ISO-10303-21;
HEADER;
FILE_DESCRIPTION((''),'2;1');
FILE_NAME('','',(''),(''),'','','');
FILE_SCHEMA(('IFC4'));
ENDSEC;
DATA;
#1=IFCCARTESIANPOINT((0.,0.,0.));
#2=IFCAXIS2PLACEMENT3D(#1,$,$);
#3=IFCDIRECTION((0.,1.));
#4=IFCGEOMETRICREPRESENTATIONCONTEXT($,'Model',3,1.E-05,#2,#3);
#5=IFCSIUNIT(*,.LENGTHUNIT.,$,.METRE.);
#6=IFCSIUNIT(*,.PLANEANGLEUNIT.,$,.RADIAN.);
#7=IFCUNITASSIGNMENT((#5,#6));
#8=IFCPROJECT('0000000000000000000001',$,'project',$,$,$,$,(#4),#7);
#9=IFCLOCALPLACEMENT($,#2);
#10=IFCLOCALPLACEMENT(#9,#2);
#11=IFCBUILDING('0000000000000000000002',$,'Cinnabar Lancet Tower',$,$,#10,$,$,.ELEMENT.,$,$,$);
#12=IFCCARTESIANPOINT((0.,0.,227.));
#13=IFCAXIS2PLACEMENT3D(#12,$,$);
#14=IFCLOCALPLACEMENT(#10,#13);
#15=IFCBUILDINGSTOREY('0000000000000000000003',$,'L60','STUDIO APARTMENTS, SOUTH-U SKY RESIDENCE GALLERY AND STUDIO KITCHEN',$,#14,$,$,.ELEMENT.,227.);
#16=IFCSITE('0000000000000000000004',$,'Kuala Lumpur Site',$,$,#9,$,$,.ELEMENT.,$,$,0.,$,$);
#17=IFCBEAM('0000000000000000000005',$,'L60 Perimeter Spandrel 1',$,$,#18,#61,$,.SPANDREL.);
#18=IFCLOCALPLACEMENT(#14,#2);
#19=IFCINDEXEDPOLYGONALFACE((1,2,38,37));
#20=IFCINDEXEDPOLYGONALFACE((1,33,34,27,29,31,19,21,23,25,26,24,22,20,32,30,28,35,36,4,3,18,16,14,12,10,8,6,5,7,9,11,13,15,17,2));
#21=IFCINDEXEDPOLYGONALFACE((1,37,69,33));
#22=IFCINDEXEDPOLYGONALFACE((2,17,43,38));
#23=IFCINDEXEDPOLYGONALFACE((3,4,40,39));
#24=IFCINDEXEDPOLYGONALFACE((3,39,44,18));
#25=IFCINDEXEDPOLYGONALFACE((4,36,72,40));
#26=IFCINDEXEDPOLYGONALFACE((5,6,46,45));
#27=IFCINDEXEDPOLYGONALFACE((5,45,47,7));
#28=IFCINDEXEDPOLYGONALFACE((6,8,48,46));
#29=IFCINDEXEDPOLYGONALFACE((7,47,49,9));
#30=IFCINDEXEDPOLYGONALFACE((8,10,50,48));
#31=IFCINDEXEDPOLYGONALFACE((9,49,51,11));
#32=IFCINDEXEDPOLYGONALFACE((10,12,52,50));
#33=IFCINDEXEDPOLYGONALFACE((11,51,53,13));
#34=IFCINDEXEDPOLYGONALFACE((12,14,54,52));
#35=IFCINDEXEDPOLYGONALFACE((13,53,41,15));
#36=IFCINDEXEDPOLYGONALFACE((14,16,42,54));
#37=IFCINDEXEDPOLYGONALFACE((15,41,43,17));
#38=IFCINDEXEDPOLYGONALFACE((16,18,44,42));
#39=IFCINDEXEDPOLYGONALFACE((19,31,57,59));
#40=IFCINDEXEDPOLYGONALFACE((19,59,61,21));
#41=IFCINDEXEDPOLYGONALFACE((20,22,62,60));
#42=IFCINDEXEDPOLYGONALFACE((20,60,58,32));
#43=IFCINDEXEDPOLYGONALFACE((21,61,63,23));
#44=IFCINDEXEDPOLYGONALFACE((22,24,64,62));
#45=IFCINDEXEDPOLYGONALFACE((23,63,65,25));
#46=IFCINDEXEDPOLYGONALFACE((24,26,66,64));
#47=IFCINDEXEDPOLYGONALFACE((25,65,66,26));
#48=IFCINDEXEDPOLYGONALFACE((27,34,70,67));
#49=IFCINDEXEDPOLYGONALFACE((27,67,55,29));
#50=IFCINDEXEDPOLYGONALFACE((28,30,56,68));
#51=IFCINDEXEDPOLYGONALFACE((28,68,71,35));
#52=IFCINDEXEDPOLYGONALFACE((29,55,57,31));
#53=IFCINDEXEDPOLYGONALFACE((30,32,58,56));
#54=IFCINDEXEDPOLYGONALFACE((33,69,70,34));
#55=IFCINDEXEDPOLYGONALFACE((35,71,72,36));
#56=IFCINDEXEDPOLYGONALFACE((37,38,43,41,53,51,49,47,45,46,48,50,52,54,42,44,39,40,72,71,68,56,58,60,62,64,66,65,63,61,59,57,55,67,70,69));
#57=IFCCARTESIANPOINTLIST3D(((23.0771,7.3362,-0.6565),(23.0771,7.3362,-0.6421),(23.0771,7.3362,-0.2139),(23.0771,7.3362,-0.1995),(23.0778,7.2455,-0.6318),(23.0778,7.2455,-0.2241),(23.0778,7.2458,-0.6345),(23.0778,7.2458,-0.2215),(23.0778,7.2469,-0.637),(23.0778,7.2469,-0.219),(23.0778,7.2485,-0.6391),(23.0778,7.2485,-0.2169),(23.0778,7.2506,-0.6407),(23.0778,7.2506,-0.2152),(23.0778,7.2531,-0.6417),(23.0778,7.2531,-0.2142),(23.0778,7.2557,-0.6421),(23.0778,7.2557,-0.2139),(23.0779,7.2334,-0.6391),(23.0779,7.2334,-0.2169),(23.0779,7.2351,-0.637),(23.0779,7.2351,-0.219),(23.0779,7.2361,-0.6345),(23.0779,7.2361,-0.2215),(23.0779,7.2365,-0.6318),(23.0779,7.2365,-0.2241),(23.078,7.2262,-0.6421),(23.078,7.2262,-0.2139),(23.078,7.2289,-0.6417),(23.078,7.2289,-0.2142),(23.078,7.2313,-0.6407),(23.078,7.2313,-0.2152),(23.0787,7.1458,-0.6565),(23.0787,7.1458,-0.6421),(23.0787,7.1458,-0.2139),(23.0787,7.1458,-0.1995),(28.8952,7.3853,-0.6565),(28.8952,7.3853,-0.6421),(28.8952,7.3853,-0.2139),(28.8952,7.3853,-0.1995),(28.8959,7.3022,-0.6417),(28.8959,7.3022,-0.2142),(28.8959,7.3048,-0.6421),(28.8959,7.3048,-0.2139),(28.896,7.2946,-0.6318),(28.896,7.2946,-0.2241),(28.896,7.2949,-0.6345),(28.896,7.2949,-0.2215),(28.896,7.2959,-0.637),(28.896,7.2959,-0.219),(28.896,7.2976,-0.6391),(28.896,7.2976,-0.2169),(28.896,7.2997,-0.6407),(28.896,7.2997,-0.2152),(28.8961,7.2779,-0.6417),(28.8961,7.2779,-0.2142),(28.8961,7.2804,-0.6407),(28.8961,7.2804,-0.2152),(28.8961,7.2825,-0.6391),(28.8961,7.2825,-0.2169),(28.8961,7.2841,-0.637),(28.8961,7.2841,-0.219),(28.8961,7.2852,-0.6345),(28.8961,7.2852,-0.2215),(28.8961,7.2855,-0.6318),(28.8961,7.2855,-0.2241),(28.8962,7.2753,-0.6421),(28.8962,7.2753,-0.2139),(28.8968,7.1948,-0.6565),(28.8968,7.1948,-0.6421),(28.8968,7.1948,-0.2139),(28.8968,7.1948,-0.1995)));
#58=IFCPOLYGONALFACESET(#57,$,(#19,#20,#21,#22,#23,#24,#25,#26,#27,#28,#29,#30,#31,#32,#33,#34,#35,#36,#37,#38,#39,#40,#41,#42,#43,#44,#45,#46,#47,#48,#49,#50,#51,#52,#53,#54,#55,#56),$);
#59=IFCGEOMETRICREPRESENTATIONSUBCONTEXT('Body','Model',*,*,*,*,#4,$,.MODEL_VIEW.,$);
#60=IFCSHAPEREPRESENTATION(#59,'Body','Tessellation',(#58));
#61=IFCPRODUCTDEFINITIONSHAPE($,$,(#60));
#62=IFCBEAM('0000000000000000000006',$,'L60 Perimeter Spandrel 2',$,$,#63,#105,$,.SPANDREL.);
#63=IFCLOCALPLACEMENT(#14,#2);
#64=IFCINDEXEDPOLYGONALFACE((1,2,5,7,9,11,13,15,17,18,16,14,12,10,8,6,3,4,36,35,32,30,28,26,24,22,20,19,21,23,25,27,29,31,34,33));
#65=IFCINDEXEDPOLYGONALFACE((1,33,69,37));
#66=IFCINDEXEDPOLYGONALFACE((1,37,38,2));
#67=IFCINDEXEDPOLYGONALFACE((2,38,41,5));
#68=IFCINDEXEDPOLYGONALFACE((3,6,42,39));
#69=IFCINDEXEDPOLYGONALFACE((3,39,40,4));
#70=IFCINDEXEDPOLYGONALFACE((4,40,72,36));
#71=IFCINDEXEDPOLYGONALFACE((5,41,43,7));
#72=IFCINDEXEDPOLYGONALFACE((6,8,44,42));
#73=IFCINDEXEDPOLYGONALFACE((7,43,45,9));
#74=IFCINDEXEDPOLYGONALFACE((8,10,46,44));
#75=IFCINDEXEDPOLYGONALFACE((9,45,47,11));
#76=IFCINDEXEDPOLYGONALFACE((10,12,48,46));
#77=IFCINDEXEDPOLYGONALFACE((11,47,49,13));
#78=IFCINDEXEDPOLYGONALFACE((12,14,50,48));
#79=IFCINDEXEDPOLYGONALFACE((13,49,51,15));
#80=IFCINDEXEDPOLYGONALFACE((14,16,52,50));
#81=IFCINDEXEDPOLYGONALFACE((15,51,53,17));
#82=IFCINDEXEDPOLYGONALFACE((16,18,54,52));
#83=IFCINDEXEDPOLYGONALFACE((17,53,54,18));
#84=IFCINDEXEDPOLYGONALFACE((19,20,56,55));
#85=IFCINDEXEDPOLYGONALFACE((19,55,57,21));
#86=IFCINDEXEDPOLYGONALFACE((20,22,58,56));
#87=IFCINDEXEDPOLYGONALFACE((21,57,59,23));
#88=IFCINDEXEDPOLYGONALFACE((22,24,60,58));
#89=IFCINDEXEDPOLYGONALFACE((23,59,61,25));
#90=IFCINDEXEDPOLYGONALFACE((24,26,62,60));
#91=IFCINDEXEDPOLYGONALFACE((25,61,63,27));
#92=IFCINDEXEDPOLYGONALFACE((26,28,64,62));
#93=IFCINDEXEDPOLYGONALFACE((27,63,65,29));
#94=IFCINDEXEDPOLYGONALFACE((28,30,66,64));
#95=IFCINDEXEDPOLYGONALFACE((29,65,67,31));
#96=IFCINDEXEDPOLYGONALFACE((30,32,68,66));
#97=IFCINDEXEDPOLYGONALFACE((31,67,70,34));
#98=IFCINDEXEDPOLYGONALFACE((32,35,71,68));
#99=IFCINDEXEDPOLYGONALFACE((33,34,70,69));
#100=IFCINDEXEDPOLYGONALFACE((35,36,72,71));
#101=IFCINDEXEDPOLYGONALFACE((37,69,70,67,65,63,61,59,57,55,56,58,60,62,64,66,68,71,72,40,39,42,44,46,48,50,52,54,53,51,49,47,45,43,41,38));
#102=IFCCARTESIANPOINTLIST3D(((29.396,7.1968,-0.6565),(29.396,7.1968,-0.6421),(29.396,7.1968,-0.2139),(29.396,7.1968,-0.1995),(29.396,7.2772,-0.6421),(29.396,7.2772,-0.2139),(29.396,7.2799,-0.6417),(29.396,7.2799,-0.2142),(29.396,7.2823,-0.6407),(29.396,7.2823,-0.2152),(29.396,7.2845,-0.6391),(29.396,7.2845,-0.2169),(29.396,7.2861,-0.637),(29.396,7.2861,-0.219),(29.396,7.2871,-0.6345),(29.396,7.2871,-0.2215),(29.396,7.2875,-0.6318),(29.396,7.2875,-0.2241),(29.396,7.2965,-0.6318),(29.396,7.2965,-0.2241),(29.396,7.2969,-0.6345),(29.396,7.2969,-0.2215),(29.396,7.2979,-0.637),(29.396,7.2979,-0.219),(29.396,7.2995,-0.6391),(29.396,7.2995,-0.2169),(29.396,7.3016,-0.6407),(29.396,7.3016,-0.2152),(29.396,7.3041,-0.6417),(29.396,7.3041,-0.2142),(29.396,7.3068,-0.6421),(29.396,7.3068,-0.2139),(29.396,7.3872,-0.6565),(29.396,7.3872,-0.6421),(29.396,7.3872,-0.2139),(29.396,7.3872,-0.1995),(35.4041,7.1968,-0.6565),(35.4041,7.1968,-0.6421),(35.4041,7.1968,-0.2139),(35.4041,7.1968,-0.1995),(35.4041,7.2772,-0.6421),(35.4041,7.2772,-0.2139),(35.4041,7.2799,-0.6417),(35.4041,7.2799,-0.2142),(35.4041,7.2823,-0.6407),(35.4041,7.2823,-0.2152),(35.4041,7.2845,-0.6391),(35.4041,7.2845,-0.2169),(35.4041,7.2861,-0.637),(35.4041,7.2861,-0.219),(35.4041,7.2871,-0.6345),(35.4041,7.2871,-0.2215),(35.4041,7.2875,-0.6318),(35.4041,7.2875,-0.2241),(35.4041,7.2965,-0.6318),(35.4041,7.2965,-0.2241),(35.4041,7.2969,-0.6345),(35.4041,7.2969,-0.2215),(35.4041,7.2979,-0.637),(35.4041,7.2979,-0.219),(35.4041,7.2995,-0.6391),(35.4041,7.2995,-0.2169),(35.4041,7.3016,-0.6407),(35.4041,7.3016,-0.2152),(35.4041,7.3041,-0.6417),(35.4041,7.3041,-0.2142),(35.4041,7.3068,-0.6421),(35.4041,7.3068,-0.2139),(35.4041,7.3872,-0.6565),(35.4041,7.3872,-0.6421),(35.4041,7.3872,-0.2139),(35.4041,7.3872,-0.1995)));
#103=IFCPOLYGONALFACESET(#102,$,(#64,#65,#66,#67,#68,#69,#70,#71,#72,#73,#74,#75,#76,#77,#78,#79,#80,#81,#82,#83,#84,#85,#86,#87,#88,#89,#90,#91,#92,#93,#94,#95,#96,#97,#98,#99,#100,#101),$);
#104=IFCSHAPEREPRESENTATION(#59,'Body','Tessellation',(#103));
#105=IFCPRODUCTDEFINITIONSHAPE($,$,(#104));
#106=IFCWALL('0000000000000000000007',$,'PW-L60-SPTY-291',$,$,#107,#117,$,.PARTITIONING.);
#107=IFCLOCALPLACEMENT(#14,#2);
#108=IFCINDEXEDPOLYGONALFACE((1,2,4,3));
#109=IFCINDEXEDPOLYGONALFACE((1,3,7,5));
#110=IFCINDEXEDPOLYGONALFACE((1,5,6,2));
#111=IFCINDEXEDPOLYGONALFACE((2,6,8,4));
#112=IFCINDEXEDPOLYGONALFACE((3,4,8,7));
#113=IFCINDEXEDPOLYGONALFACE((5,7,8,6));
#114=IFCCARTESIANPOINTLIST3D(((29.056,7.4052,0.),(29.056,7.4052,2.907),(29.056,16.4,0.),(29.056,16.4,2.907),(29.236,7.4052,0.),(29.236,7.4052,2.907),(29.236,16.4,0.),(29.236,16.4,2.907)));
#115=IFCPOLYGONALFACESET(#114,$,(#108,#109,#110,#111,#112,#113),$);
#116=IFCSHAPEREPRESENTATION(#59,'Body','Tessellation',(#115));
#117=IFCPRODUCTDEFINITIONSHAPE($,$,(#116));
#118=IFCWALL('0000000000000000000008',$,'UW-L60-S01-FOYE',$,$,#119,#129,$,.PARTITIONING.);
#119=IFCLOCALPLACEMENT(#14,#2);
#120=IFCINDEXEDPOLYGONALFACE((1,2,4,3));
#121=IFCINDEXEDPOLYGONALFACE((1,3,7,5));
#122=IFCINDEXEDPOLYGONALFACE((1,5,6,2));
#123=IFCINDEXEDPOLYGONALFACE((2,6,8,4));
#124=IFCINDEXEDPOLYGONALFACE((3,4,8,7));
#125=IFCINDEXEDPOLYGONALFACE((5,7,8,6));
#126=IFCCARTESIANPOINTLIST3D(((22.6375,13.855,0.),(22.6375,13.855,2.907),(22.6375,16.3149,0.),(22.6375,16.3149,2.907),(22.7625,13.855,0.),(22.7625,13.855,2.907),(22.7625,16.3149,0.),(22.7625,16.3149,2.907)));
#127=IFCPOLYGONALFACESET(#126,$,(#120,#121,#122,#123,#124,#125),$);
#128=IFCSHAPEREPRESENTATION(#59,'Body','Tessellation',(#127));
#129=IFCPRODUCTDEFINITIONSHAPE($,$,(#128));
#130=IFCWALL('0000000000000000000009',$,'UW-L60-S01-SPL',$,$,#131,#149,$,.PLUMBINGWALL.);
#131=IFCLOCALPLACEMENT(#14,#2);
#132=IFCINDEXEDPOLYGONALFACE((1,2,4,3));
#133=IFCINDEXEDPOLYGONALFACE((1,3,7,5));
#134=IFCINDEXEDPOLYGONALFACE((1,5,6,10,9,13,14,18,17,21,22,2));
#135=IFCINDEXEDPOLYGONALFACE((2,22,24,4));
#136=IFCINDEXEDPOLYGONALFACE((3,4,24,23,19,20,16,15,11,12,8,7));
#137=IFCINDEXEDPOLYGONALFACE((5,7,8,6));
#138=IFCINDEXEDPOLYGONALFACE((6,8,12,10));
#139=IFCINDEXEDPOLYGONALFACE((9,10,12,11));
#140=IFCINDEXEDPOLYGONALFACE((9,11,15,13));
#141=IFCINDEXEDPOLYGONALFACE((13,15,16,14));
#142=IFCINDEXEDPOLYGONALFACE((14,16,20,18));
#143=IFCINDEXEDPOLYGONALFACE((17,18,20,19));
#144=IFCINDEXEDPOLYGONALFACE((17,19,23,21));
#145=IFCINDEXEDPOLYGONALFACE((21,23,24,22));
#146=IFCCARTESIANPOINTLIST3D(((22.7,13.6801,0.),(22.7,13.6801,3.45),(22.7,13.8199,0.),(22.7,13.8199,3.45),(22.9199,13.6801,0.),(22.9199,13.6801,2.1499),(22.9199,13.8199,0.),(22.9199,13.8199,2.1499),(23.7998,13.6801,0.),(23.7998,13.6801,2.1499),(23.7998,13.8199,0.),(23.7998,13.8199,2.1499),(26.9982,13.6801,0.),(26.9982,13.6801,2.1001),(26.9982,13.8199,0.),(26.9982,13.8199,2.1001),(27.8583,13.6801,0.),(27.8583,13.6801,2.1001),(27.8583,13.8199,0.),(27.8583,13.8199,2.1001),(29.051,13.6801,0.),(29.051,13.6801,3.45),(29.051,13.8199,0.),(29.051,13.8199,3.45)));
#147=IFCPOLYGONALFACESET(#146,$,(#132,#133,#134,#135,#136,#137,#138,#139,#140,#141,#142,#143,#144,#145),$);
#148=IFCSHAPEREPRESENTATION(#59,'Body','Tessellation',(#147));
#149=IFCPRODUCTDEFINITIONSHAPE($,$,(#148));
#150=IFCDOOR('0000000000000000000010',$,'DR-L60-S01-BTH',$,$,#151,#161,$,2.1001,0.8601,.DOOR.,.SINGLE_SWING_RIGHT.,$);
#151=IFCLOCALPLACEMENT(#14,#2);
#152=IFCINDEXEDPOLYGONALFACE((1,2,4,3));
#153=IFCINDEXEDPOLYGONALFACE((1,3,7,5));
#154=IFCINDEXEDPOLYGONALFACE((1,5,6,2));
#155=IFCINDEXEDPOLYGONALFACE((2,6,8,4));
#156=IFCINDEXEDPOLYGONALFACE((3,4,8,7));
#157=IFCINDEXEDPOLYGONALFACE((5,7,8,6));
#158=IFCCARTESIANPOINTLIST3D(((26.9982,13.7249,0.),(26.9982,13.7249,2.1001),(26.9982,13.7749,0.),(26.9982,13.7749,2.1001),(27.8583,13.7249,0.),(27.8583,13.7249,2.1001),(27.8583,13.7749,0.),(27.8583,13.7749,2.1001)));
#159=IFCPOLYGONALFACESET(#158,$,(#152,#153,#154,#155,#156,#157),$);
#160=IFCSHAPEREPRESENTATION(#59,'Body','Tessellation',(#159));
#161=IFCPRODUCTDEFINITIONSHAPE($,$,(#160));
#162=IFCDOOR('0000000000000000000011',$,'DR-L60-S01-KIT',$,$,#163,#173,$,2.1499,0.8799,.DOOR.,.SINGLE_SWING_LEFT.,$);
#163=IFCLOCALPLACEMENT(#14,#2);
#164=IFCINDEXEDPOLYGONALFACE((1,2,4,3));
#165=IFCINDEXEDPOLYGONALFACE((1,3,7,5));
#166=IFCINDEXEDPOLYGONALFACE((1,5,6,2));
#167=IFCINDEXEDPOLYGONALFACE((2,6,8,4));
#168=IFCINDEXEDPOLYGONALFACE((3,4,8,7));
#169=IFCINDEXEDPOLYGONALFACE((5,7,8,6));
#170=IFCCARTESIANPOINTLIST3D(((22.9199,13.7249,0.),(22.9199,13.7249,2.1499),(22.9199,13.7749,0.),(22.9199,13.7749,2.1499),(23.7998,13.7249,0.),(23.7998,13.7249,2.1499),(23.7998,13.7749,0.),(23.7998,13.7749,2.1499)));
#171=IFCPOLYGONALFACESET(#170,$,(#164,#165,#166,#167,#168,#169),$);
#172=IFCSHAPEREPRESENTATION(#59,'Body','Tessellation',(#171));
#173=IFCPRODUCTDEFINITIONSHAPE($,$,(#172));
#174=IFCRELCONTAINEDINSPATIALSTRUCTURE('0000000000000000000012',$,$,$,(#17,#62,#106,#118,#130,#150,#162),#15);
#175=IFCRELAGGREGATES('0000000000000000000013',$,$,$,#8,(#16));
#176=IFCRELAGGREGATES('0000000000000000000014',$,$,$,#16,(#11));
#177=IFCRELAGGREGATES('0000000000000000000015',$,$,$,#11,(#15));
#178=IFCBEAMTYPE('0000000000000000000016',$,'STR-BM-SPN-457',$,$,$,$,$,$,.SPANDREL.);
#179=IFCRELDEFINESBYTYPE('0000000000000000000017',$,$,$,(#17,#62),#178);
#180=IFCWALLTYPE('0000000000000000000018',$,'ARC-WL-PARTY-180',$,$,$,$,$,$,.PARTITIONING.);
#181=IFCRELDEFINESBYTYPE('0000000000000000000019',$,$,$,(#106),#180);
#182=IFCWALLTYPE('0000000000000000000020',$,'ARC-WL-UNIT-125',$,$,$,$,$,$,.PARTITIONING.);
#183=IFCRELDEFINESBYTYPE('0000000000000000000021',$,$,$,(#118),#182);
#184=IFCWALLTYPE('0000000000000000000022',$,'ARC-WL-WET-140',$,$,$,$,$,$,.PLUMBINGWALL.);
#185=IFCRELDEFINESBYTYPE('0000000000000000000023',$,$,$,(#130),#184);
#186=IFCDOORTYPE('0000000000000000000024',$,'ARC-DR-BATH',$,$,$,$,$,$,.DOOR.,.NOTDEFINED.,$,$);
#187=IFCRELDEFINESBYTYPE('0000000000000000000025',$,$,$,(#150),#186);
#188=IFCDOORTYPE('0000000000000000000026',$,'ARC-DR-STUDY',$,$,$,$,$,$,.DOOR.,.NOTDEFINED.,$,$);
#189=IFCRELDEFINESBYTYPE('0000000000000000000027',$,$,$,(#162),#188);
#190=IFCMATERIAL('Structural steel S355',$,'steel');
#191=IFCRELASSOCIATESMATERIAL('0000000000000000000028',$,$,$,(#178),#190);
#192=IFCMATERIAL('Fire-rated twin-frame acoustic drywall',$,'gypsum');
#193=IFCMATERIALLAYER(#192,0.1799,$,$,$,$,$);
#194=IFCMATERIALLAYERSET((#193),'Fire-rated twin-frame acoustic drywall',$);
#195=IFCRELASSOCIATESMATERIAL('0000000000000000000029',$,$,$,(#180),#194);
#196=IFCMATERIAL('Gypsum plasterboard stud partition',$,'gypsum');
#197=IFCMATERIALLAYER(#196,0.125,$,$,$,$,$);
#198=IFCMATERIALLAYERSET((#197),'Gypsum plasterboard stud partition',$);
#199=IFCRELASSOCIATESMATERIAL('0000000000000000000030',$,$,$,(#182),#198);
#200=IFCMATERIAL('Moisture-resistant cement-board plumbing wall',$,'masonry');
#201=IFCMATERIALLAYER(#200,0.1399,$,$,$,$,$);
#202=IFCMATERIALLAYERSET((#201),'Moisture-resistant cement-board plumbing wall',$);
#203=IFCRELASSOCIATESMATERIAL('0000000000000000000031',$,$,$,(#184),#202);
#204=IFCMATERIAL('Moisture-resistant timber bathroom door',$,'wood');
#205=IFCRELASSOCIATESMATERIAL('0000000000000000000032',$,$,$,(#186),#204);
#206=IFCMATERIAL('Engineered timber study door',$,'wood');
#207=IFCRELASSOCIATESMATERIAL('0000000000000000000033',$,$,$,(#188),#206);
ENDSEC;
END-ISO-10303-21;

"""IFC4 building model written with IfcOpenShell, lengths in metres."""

from ifc_helpers import new_model, si_unit, direction, frame, frame_2d, origin, origin_2d, place, context, subcontext, project, spatial, rectangle, i_section, extrude, material, layer, layer_set, material_profile, profile_set, type_object, element, fill, save


model = new_model("IFC4")

# Units and contexts
model_context = context("Model", 3, precision=1e-05, world=origin(), true_north=direction((0.0, 1.0)))
body_context = subcontext(model_context, "Body", "Model", "MODEL_VIEW")
ifc_project = project(units=[si_unit("LENGTHUNIT", "METRE"), si_unit("PLANEANGLEUNIT", "RADIAN")], contexts=[model_context])

# Site, building, storey
site_placement = place(None, origin())
site = spatial("IfcSite", under=ifc_project, at=site_placement, Name="Kuala Lumpur Site", CompositionType="ELEMENT", RefElevation=0.0)
building_placement = place(site_placement, origin())
building = spatial("IfcBuilding", under=site, at=building_placement, Name="Cinnabar Lancet Tower", CompositionType="ELEMENT")
storey_placement = place(building_placement, frame((0.0, 0.0, 227.0)))
storey = spatial("IfcBuildingStorey", under=building, at=storey_placement, Name="L60", Description="STUDIO APARTMENTS, SOUTH-U SKY RESIDENCE GALLERY AND STUDIO KITCHEN", CompositionType="ELEMENT", Elevation=227.0)

# Beams
ifc_material_1 = material(Name="Structural steel S355", Category="steel")
ifc_material_profile_1 = material_profile(ifc_material_1, i_section(OverallWidth=0.1904, OverallDepth=0.457, WebThickness=0.009, FlangeThickness=0.0144, FilletRadius=0.0103, at=origin_2d()), Name="UKB 457x191x74")
ifc_profile_set_1 = profile_set([ifc_material_profile_1], Name="Structural steel S355")
beam_type_1 = type_object("IfcBeamType", Name="STR-BM-SPN-457", PredefinedType="SPANDREL", material=ifc_profile_set_1)
beam_1_placement = place(storey_placement, frame((23.0779, 7.241, -0.428), z_axis=(0.999964, 0.008434, 0.0), x_axis=(-0.008434, 0.999964, 0.0)))
element("IfcBeam", 1, at=beam_1_placement, inside=storey, type_object=beam_type_1, Name="L60 Perimeter Spandrel 1", PredefinedType="SPANDREL", context=body_context, shape_type="SweptSolid", body=[
    extrude(i_section(OverallWidth=0.1904, OverallDepth=0.457, WebThickness=0.009, FlangeThickness=0.0144, FilletRadius=0.0103, at=origin_2d()), origin(), (0.0, 0.0, 1.0), 5.8184),
])
beam_2_placement = place(storey_placement, frame((29.396, 7.292, -0.428), z_axis=(1.0, 0.0, 0.0), x_axis=(0.0, 1.0, 0.0)))
element("IfcBeam", 2, at=beam_2_placement, inside=storey, type_object=beam_type_1, Name="L60 Perimeter Spandrel 2", PredefinedType="SPANDREL", context=body_context, shape_type="SweptSolid", body=[
    extrude(i_section(OverallWidth=0.1904, OverallDepth=0.457, WebThickness=0.009, FlangeThickness=0.0144, FilletRadius=0.0103, at=origin_2d()), origin(), (0.0, 0.0, 1.0), 6.0081),
])

# Walls
ifc_material_2 = material(Name="Fire-rated twin-frame acoustic drywall", Category="gypsum")
ifc_layer_1 = layer(ifc_material_2, 0.1799)
ifc_layer_set_1 = layer_set([ifc_layer_1], Name="Fire-rated twin-frame acoustic drywall")
wall_type_1 = type_object("IfcWallType", Name="ARC-WL-PARTY-180", PredefinedType="PARTITIONING", material=ifc_layer_set_1)
wall_1_placement = place(storey_placement, frame((29.146, 7.405, 0.0), z_axis=(0.0, 0.0, 1.0), x_axis=(0.0, 1.0, 0.0)))
element("IfcWall", 3, at=wall_1_placement, inside=storey, type_object=wall_type_1, Name="PW-L60-SPTY-291", PredefinedType="PARTITIONING", context=body_context, shape_type="SweptSolid", body=[
    extrude(rectangle(XDim=8.9949, YDim=0.1799, at=frame_2d((4.4976, 0.0))), origin(), (0.0, 0.0, 1.0), 2.907),
])
ifc_material_3 = material(Name="Gypsum plasterboard stud partition", Category="gypsum")
ifc_layer_2 = layer(ifc_material_3, 0.125)
ifc_layer_set_2 = layer_set([ifc_layer_2], Name="Gypsum plasterboard stud partition")
wall_type_2 = type_object("IfcWallType", Name="ARC-WL-UNIT-125", PredefinedType="PARTITIONING", material=ifc_layer_set_2)
wall_2_placement = place(storey_placement, frame((22.7, 13.855, 0.0), z_axis=(0.0, 0.0, 1.0), x_axis=(0.0, 1.0, 0.0)))
element("IfcWall", 4, at=wall_2_placement, inside=storey, type_object=wall_type_2, Name="UW-L60-S01-FOYE", PredefinedType="PARTITIONING", context=body_context, shape_type="SweptSolid", body=[
    extrude(rectangle(XDim=2.46, YDim=0.125, at=frame_2d((1.23, 0.0))), origin(), (0.0, 0.0, 1.0), 2.907),
])

# Wall, openings, doors
ifc_material_4 = material(Name="Moisture-resistant cement-board plumbing wall", Category="masonry")
ifc_layer_3 = layer(ifc_material_4, 0.1399)
ifc_layer_set_3 = layer_set([ifc_layer_3], Name="Moisture-resistant cement-board plumbing wall")
wall_type_3 = type_object("IfcWallType", Name="ARC-WL-WET-140", PredefinedType="PLUMBINGWALL", material=ifc_layer_set_3)
wall_3_placement = place(storey_placement, frame((22.7, 13.75, 0.0), z_axis=(0.0, 0.0, 1.0), x_axis=(1.0, 0.0, 0.0)))
wall_3 = element("IfcWall", 5, at=wall_3_placement, inside=storey, type_object=wall_type_3, Name="UW-L60-S01-SPL", PredefinedType="PLUMBINGWALL", context=body_context, shape_type="SweptSolid", body=[
    extrude(rectangle(XDim=6.3511, YDim=0.1399, at=frame_2d((3.1755, 0.0))), origin(), (0.0, 0.0, 1.0), 3.45),
])
opening_1_placement = place(wall_3_placement, frame((4.2981, 0.0, 0.0)))
opening_1 = element("IfcOpeningElement", 6, at=opening_1_placement, cuts=wall_3, PredefinedType="OPENING", context=body_context, shape_type="SweptSolid", body=[
    extrude(rectangle(XDim=0.8601, YDim=2.1001, at=frame_2d((0.4302, 1.05))), frame((0.0, 0.0798, 0.0), z_axis=(0.0, -1.0, 0.0), x_axis=(1.0, 0.0, 0.0)), (0.0, 0.0, 1.0), 0.1599),
])
opening_2_placement = place(wall_3_placement, frame((0.22, 0.0, 0.0)))
opening_2 = element("IfcOpeningElement", 7, at=opening_2_placement, cuts=wall_3, PredefinedType="OPENING", context=body_context, shape_type="SweptSolid", body=[
    extrude(rectangle(XDim=0.8799, YDim=2.1499, at=frame_2d((0.4399, 1.075))), frame((0.0, 0.0798, 0.0), z_axis=(0.0, -1.0, 0.0), x_axis=(1.0, 0.0, 0.0)), (0.0, 0.0, 1.0), 0.1599),
])
ifc_material_5 = material(Name="Moisture-resistant timber bathroom door", Category="wood")
door_type_1 = type_object("IfcDoorType", Name="ARC-DR-BATH", OperationType="NOTDEFINED", PredefinedType="DOOR", material=ifc_material_5)
door_1_placement = place(opening_1_placement, origin())
door_1 = element("IfcDoor", 8, at=door_1_placement, inside=storey, type_object=door_type_1, Name="DR-L60-S01-BTH", OperationType="SINGLE_SWING_RIGHT", OverallHeight=2.1001, OverallWidth=0.8601, PredefinedType="DOOR", context=body_context, shape_type="SweptSolid", body=[
    extrude(rectangle(XDim=0.8601, YDim=2.1001, at=frame_2d((0.4302, 1.05))), frame((0.0, 0.0249, 0.0), z_axis=(0.0, -1.0, 0.0), x_axis=(1.0, 0.0, 0.0)), (0.0, 0.0, 1.0), 0.05),
])
fill(opening_1, door_1)
ifc_material_6 = material(Name="Engineered timber study door", Category="wood")
door_type_2 = type_object("IfcDoorType", Name="ARC-DR-STUDY", OperationType="NOTDEFINED", PredefinedType="DOOR", material=ifc_material_6)
door_2_placement = place(opening_2_placement, origin())
door_2 = element("IfcDoor", 9, at=door_2_placement, inside=storey, type_object=door_type_2, Name="DR-L60-S01-KIT", OperationType="SINGLE_SWING_LEFT", OverallHeight=2.1499, OverallWidth=0.8799, PredefinedType="DOOR", context=body_context, shape_type="SweptSolid", body=[
    extrude(rectangle(XDim=0.8799, YDim=2.1499, at=frame_2d((0.4399, 1.075))), frame((0.0, 0.0249, 0.0), z_axis=(0.0, -1.0, 0.0), x_axis=(1.0, 0.0, 0.0)), (0.0, 0.0, 1.0), 0.05),
])
fill(opening_2, door_2)

save(model, "model.ifc")
